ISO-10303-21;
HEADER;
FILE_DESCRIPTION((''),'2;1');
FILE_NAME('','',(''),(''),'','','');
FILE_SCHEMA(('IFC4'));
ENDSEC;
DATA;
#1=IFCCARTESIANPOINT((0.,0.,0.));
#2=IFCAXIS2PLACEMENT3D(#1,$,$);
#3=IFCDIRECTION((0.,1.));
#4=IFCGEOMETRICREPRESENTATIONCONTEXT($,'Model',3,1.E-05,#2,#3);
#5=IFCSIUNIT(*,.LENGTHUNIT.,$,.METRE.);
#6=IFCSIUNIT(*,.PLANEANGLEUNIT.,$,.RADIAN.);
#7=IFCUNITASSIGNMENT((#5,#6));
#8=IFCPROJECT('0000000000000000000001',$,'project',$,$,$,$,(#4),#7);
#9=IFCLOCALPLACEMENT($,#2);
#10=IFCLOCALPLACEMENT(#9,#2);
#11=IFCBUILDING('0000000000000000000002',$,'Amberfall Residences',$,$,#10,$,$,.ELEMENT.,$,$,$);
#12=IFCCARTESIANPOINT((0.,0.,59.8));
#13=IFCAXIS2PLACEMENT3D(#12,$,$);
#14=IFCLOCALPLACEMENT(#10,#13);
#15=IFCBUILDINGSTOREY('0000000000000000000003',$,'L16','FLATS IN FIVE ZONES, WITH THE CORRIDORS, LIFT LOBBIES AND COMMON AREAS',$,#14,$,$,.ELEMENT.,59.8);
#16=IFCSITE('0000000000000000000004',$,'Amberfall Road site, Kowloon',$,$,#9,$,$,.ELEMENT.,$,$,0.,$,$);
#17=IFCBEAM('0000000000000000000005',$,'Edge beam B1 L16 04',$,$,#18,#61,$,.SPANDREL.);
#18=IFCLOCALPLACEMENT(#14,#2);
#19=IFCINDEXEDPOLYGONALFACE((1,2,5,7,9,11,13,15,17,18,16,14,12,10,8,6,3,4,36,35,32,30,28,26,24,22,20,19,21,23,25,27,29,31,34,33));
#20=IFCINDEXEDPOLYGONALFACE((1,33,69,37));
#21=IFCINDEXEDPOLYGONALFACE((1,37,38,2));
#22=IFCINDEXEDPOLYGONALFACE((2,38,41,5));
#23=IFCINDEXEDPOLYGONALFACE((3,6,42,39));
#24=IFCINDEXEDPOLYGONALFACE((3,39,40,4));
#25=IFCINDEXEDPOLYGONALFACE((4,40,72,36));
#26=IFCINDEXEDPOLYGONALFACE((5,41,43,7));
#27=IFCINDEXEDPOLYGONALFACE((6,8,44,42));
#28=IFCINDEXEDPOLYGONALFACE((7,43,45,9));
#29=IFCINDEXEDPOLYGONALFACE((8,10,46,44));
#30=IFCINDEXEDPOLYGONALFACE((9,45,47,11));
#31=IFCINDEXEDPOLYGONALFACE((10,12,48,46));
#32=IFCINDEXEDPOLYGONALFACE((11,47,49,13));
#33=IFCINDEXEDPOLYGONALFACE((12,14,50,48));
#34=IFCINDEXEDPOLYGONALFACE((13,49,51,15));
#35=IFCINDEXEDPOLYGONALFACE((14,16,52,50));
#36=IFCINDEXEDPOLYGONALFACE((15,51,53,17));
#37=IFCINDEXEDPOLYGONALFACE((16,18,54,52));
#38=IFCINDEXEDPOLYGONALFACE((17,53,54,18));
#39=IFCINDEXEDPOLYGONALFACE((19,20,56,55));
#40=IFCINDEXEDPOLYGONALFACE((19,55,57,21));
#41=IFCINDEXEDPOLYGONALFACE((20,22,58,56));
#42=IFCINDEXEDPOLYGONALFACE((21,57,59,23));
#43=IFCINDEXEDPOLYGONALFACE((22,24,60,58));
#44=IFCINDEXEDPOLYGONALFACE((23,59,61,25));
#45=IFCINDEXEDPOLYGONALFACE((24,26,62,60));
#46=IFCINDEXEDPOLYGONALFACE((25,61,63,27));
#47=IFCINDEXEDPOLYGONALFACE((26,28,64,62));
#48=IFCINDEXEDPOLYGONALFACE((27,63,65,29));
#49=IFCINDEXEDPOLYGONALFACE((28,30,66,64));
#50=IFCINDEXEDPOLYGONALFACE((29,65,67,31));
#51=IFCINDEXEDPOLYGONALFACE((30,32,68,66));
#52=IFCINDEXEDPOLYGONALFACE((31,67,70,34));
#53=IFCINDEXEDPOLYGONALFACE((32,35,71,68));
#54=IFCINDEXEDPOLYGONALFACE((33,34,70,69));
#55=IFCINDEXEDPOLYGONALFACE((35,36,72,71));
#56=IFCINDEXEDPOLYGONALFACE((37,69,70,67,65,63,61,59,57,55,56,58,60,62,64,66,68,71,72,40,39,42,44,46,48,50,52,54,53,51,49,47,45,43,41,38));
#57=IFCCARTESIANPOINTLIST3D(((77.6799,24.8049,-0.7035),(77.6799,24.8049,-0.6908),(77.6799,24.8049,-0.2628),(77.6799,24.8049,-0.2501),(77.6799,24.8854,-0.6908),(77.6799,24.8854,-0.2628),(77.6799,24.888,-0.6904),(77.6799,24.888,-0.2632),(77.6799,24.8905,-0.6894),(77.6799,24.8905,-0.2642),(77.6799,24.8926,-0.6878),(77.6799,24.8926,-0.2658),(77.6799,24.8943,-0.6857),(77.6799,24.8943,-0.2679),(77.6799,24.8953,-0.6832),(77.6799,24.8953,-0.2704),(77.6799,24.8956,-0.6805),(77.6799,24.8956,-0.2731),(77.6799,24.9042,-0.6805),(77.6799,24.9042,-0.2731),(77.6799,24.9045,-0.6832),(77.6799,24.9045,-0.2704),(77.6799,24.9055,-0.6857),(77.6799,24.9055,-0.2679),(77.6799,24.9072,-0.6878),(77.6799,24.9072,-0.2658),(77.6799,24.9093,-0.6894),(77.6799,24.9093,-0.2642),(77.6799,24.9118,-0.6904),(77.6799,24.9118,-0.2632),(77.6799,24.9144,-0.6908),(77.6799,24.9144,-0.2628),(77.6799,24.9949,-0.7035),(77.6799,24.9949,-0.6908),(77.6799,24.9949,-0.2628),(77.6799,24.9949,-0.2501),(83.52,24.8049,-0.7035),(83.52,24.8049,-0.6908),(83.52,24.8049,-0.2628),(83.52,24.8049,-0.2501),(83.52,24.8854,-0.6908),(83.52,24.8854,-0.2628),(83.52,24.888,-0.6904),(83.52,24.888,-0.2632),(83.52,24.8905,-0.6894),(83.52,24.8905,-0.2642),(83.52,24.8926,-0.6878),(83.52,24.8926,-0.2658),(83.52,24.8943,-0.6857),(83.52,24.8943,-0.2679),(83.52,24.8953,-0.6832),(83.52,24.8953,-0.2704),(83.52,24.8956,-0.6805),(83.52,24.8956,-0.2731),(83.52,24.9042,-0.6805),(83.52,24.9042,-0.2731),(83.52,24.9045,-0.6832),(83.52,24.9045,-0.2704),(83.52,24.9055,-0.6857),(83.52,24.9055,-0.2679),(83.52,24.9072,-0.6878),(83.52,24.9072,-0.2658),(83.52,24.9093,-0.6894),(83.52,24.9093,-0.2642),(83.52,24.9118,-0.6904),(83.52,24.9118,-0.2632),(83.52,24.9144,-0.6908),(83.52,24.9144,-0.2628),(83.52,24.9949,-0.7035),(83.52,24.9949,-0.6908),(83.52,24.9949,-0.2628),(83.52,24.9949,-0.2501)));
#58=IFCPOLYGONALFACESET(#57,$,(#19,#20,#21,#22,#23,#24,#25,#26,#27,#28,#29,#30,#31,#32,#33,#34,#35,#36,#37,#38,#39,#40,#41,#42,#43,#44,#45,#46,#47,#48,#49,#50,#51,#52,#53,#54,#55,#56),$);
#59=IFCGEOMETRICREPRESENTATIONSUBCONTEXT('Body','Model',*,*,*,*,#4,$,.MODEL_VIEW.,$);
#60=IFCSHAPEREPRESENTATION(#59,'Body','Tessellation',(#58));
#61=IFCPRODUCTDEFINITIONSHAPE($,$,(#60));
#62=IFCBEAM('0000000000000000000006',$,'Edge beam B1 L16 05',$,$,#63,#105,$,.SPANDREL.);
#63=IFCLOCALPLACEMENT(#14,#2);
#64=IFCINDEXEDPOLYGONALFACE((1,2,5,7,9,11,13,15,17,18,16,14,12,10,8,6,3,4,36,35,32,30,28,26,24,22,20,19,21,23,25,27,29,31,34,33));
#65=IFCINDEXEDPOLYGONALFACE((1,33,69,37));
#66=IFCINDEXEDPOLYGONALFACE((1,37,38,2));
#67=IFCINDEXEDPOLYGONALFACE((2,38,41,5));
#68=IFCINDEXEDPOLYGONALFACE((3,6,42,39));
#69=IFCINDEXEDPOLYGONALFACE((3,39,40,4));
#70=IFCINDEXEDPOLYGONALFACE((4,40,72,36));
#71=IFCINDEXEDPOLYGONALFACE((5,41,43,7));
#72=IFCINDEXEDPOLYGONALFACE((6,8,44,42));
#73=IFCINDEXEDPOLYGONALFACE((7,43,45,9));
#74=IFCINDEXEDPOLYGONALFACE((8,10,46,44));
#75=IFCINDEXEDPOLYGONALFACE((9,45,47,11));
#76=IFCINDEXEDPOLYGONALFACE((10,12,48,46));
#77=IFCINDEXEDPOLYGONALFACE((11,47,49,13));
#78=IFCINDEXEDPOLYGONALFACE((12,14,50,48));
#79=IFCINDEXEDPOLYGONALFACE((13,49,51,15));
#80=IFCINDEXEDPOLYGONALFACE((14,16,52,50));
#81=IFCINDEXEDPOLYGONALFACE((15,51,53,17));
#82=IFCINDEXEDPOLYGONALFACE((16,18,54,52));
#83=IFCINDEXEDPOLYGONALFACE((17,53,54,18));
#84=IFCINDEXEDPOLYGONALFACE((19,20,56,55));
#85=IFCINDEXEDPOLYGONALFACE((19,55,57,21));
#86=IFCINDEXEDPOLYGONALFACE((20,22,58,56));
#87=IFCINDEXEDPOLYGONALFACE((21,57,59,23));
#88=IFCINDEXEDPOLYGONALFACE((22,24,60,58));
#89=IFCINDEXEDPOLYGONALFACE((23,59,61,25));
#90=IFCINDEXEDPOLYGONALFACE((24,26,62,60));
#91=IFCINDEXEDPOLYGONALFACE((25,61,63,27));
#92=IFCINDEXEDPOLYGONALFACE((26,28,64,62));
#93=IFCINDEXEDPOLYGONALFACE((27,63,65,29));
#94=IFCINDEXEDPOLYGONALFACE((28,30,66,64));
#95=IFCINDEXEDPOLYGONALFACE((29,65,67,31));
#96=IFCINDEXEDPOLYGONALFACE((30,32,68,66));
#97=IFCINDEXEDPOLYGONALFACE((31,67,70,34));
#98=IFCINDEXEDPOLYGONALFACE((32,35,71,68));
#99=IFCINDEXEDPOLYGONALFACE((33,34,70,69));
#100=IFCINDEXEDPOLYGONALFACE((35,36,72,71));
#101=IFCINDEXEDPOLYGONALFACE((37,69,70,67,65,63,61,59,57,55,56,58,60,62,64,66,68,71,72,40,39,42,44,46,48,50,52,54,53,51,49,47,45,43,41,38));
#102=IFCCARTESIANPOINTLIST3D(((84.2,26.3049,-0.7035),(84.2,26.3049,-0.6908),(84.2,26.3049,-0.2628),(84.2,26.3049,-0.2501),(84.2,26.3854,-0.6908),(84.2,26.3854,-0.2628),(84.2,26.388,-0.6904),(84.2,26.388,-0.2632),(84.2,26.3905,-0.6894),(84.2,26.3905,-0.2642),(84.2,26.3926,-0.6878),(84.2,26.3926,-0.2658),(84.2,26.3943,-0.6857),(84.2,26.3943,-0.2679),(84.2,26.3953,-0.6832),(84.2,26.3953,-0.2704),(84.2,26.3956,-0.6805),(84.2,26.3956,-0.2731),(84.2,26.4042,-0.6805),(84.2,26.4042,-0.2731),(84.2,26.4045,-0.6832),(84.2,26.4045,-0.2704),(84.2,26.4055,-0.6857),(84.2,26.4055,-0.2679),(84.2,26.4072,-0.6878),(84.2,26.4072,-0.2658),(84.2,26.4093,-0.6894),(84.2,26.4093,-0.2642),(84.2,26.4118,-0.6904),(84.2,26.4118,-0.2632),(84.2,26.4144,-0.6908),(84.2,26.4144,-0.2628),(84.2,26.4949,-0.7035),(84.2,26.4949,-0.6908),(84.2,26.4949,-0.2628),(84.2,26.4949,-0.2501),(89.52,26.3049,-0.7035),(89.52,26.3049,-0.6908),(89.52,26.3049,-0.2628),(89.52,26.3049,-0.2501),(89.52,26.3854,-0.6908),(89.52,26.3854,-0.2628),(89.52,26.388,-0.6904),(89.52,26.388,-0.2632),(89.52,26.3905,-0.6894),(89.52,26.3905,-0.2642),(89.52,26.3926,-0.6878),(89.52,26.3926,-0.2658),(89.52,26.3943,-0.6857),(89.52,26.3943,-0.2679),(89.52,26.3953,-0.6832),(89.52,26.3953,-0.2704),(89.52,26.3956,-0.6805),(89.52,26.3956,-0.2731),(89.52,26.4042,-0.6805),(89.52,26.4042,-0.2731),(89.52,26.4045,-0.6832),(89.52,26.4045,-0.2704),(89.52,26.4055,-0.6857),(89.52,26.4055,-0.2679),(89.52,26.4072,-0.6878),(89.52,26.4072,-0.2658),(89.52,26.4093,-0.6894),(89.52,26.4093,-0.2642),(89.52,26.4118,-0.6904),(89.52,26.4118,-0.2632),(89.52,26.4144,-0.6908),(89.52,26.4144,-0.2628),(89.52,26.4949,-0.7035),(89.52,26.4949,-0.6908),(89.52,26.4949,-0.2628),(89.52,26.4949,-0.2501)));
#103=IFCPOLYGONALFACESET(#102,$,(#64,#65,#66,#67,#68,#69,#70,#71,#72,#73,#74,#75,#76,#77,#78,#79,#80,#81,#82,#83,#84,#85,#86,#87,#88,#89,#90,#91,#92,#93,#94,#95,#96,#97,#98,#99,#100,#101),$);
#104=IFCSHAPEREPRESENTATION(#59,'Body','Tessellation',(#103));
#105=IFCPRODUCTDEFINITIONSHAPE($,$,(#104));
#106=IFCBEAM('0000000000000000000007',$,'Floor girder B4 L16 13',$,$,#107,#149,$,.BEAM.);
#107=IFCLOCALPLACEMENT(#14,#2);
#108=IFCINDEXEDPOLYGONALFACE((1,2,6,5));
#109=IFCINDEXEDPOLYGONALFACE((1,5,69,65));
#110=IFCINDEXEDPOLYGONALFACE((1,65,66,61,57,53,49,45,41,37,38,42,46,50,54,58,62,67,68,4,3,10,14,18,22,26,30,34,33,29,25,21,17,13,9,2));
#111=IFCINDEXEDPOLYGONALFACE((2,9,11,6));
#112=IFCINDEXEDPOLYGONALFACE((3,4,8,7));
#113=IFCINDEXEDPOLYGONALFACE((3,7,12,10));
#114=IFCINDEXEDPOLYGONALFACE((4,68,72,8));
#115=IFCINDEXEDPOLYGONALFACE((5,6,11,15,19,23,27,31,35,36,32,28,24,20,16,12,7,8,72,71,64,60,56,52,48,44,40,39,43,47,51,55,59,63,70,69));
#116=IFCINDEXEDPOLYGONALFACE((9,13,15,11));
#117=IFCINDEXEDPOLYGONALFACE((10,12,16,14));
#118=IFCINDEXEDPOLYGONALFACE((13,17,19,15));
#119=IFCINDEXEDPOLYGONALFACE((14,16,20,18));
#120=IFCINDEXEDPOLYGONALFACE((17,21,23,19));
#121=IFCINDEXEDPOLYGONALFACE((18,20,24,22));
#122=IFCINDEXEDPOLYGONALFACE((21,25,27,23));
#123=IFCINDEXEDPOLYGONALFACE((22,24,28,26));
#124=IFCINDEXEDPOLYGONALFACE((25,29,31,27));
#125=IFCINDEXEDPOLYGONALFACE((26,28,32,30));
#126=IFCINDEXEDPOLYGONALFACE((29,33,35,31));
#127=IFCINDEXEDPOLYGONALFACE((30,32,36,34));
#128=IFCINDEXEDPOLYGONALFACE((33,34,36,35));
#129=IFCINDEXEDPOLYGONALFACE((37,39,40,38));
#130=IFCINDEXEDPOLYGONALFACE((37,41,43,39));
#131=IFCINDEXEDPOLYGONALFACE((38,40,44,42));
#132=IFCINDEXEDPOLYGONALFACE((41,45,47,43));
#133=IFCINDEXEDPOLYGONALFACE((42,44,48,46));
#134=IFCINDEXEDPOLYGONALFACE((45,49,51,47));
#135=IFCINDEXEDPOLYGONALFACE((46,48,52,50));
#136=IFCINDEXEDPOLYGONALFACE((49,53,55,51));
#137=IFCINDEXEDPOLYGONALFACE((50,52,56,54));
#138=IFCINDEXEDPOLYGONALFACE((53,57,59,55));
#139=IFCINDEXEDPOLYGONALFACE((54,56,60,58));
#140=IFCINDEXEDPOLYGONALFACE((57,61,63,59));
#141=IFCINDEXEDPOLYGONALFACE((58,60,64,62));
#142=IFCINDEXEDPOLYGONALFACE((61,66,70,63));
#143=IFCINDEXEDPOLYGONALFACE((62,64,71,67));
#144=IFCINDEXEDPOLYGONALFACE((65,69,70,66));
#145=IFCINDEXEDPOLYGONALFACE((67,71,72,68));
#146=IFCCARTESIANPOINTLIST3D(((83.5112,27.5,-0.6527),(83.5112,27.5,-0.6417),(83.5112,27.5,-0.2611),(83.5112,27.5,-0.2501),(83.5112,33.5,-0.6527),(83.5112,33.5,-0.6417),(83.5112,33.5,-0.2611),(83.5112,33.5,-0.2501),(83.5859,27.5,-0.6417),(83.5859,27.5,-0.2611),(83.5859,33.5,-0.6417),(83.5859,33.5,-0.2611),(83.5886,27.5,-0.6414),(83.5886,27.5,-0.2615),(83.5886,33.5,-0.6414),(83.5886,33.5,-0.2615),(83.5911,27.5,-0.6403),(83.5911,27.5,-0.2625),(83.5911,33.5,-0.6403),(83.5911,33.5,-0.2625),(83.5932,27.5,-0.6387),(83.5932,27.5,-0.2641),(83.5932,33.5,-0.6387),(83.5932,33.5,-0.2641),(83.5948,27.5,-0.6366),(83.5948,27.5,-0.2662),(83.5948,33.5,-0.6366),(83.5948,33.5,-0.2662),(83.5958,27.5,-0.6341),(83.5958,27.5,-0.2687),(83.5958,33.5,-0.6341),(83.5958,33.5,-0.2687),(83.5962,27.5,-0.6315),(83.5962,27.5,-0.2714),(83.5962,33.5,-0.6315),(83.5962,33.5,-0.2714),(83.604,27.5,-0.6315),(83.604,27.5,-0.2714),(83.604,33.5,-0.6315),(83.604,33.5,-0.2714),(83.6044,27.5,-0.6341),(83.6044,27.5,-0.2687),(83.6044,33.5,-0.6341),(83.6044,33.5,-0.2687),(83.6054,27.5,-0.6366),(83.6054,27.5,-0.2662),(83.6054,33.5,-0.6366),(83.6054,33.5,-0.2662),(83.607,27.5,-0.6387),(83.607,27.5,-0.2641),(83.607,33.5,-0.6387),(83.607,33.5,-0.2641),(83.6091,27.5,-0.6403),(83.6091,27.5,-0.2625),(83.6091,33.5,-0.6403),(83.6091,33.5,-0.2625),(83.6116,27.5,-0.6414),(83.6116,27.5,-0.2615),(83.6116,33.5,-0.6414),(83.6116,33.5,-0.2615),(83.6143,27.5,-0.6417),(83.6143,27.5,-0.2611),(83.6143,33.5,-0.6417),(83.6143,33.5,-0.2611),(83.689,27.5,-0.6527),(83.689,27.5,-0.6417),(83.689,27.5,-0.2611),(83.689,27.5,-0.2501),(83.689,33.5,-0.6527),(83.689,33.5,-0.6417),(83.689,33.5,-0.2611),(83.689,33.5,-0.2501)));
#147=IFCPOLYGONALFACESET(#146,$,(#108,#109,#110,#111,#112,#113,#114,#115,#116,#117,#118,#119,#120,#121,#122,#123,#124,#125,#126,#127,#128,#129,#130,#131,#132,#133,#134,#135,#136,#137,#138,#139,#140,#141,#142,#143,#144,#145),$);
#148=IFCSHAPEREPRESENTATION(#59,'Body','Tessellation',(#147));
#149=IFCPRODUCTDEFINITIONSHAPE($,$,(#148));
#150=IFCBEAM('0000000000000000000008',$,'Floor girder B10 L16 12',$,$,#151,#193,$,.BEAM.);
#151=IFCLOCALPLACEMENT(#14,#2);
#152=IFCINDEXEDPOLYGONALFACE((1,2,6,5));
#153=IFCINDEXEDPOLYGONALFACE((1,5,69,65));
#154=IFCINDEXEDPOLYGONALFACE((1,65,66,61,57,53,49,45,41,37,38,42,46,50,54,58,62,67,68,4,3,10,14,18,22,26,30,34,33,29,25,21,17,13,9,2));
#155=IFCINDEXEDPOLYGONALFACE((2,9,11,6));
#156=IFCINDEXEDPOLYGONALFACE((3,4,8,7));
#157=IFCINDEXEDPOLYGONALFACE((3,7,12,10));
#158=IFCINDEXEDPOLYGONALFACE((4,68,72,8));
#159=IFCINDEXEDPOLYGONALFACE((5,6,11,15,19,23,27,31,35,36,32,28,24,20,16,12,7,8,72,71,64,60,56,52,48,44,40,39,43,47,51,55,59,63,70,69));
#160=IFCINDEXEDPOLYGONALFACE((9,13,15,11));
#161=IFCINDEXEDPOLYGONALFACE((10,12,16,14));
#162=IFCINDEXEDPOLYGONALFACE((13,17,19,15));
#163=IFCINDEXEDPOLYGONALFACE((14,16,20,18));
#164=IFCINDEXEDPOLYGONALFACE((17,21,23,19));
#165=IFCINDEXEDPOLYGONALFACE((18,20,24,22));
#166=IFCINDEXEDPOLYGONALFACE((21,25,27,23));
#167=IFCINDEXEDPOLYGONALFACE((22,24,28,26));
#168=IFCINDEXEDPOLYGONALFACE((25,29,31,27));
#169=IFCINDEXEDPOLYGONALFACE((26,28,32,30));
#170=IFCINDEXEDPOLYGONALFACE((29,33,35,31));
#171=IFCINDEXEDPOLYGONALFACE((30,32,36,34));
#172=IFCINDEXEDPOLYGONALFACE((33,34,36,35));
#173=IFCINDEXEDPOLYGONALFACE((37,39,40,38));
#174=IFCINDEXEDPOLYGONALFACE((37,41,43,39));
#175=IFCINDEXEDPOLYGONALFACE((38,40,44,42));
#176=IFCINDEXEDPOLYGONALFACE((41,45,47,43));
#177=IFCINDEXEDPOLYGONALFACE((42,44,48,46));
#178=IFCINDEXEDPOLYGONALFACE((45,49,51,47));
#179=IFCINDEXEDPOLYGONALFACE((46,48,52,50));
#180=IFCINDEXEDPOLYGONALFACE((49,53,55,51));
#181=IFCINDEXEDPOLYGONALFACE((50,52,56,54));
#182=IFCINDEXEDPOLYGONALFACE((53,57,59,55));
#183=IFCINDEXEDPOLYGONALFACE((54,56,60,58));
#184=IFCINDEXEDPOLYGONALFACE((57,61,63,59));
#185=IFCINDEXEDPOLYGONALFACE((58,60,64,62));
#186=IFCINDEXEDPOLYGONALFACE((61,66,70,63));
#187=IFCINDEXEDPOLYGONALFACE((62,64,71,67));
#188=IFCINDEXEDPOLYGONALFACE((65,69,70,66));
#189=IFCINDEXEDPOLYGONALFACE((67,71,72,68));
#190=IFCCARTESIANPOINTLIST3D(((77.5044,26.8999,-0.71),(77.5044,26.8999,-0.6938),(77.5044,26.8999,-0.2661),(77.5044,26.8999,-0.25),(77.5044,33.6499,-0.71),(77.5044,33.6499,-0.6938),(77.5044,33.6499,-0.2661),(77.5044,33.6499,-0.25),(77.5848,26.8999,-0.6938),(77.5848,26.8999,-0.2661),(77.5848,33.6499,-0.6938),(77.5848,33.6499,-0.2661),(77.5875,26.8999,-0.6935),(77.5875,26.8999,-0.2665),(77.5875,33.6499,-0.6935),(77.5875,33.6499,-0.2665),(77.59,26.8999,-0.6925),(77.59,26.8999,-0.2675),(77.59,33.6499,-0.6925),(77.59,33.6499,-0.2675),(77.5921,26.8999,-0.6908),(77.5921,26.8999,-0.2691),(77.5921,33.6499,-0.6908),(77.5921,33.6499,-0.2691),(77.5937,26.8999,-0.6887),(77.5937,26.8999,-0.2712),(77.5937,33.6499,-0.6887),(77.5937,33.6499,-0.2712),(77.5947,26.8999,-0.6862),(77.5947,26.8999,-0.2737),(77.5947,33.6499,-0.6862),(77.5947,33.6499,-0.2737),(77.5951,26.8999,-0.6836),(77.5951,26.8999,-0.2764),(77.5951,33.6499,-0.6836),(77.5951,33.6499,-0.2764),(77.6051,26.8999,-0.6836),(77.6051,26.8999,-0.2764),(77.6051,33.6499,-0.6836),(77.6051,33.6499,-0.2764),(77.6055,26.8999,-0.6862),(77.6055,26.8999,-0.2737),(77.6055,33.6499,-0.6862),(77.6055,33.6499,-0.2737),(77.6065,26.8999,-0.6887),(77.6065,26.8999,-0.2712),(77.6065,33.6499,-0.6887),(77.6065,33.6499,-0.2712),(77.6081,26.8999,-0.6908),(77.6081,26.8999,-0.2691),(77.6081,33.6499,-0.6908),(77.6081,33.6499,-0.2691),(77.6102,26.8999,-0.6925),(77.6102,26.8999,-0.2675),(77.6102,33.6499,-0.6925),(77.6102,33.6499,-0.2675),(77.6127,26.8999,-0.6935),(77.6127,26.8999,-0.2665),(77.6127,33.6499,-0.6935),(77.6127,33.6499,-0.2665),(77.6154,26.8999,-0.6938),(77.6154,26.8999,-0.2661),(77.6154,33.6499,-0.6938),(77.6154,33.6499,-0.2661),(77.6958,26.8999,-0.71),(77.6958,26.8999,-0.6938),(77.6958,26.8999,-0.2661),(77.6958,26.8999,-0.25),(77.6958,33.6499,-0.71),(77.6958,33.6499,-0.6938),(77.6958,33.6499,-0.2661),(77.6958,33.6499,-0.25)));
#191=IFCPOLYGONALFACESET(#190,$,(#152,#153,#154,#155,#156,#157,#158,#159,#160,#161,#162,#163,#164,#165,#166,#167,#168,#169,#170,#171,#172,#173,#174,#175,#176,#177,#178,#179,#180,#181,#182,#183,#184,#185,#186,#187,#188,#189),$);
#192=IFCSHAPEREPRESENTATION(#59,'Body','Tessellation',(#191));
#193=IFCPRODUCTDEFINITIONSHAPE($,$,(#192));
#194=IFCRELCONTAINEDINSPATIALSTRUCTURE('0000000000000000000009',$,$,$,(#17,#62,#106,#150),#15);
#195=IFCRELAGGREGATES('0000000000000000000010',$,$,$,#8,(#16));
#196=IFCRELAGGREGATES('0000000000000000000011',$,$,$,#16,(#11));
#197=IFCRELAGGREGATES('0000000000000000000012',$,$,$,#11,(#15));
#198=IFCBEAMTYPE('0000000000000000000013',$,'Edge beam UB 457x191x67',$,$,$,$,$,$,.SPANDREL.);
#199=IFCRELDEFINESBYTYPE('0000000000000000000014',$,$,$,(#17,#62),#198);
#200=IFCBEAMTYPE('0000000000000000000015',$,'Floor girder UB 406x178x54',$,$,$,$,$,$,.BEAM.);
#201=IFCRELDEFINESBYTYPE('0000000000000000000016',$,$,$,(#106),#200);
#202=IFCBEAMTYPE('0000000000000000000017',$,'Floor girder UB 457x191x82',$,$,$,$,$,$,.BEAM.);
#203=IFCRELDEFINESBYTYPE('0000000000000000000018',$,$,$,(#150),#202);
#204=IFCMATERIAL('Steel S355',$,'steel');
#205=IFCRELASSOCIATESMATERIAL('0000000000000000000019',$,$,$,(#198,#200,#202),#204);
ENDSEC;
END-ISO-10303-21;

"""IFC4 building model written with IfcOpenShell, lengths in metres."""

from ifc_helpers import new_model, si_unit, direction, frame, origin, origin_2d, place, context, subcontext, project, spatial, i_section, extrude, material, material_profile, profile_set, type_object, element, save


model = new_model("IFC4")

# Units and contexts
model_context = context("Model", 3, precision=1e-05, world=origin(), true_north=direction((0.0, 1.0)))
body_context = subcontext(model_context, "Body", "Model", "MODEL_VIEW")
ifc_project = project(units=[si_unit("LENGTHUNIT", "METRE"), si_unit("PLANEANGLEUNIT", "RADIAN")], contexts=[model_context])

# Site, building, storey
site_placement = place(None, origin())
site = spatial("IfcSite", under=ifc_project, at=site_placement, Name="Amberfall Road site, Kowloon", CompositionType="ELEMENT", RefElevation=0.0)
building_placement = place(site_placement, origin())
building = spatial("IfcBuilding", under=site, at=building_placement, Name="Amberfall Residences", CompositionType="ELEMENT")
storey_placement = place(building_placement, frame((0.0, 0.0, 59.8)))
storey = spatial("IfcBuildingStorey", under=building, at=storey_placement, Name="L16", Description="FLATS IN FIVE ZONES, WITH THE CORRIDORS, LIFT LOBBIES AND COMMON AREAS", CompositionType="ELEMENT", Elevation=59.8)

# Beams
ifc_material_1 = material(Name="Steel S355", Category="steel")
ifc_material_profile_1 = material_profile(ifc_material_1, i_section(OverallWidth=0.1899, OverallDepth=0.4534, WebThickness=0.0085, FlangeThickness=0.0127, FilletRadius=0.0103, at=origin_2d()), Name="UB 457x191x67")
ifc_profile_set_1 = profile_set([ifc_material_profile_1], Name="Steel S355")
beam_type_1 = type_object("IfcBeamType", Name="Edge beam UB 457x191x67", PredefinedType="SPANDREL", material=ifc_profile_set_1)
beam_1_placement = place(storey_placement, frame((77.6799, 24.8999, -0.4768), z_axis=(1.0, 0.0, 0.0), x_axis=(0.0, 1.0, 0.0)))
element("IfcBeam", 1, at=beam_1_placement, inside=storey, type_object=beam_type_1, Name="Edge beam B1 L16 04", PredefinedType="SPANDREL", context=body_context, shape_type="SweptSolid", body=[
    extrude(i_section(OverallWidth=0.1899, OverallDepth=0.4534, WebThickness=0.0085, FlangeThickness=0.0127, FilletRadius=0.0103, at=origin_2d()), origin(), (0.0, 0.0, 1.0), 5.8401),
])
beam_2_placement = place(storey_placement, frame((84.2, 26.3999, -0.4768), z_axis=(1.0, 0.0, 0.0), x_axis=(0.0, 1.0, 0.0)))
element("IfcBeam", 2, at=beam_2_placement, inside=storey, type_object=beam_type_1, Name="Edge beam B1 L16 05", PredefinedType="SPANDREL", context=body_context, shape_type="SweptSolid", body=[
    extrude(i_section(OverallWidth=0.1899, OverallDepth=0.4534, WebThickness=0.0085, FlangeThickness=0.0127, FilletRadius=0.0103, at=origin_2d()), origin(), (0.0, 0.0, 1.0), 5.3201),
])
ifc_material_profile_2 = material_profile(ifc_material_1, i_section(OverallWidth=0.1777, OverallDepth=0.4026, WebThickness=0.0078, FlangeThickness=0.011, FilletRadius=0.0103, at=origin_2d()), Name="UB 406x178x54")
ifc_profile_set_2 = profile_set([ifc_material_profile_2], Name="Steel S355")
beam_type_2 = type_object("IfcBeamType", Name="Floor girder UB 406x178x54", PredefinedType="BEAM", material=ifc_profile_set_2)
beam_3_placement = place(storey_placement, frame((83.6001, 27.5, -0.4514), z_axis=(0.0, 1.0, 0.0), x_axis=(-1.0, 0.0, 0.0)))
element("IfcBeam", 3, at=beam_3_placement, inside=storey, type_object=beam_type_2, Name="Floor girder B4 L16 13", PredefinedType="BEAM", context=body_context, shape_type="SweptSolid", body=[
    extrude(i_section(OverallWidth=0.1777, OverallDepth=0.4026, WebThickness=0.0078, FlangeThickness=0.011, FilletRadius=0.0103, at=origin_2d()), origin(), (0.0, 0.0, 1.0), 6.0),
])
ifc_material_profile_3 = material_profile(ifc_material_1, i_section(OverallWidth=0.1914, OverallDepth=0.46, WebThickness=0.01, FlangeThickness=0.0161, FilletRadius=0.0103, at=origin_2d()), Name="UB 457x191x82")
ifc_profile_set_3 = profile_set([ifc_material_profile_3], Name="Steel S355")
beam_type_3 = type_object("IfcBeamType", Name="Floor girder UB 457x191x82", PredefinedType="BEAM", material=ifc_profile_set_3)
beam_4_placement = place(storey_placement, frame((77.6001, 26.8999, -0.48), z_axis=(0.0, 1.0, 0.0), x_axis=(-1.0, 0.0, 0.0)))
element("IfcBeam", 4, at=beam_4_placement, inside=storey, type_object=beam_type_3, Name="Floor girder B10 L16 12", PredefinedType="BEAM", context=body_context, shape_type="SweptSolid", body=[
    extrude(i_section(OverallWidth=0.1914, OverallDepth=0.46, WebThickness=0.01, FlangeThickness=0.0161, FilletRadius=0.0103, at=origin_2d()), origin(), (0.0, 0.0, 1.0), 6.75),
])

save(model, "model.ifc")
